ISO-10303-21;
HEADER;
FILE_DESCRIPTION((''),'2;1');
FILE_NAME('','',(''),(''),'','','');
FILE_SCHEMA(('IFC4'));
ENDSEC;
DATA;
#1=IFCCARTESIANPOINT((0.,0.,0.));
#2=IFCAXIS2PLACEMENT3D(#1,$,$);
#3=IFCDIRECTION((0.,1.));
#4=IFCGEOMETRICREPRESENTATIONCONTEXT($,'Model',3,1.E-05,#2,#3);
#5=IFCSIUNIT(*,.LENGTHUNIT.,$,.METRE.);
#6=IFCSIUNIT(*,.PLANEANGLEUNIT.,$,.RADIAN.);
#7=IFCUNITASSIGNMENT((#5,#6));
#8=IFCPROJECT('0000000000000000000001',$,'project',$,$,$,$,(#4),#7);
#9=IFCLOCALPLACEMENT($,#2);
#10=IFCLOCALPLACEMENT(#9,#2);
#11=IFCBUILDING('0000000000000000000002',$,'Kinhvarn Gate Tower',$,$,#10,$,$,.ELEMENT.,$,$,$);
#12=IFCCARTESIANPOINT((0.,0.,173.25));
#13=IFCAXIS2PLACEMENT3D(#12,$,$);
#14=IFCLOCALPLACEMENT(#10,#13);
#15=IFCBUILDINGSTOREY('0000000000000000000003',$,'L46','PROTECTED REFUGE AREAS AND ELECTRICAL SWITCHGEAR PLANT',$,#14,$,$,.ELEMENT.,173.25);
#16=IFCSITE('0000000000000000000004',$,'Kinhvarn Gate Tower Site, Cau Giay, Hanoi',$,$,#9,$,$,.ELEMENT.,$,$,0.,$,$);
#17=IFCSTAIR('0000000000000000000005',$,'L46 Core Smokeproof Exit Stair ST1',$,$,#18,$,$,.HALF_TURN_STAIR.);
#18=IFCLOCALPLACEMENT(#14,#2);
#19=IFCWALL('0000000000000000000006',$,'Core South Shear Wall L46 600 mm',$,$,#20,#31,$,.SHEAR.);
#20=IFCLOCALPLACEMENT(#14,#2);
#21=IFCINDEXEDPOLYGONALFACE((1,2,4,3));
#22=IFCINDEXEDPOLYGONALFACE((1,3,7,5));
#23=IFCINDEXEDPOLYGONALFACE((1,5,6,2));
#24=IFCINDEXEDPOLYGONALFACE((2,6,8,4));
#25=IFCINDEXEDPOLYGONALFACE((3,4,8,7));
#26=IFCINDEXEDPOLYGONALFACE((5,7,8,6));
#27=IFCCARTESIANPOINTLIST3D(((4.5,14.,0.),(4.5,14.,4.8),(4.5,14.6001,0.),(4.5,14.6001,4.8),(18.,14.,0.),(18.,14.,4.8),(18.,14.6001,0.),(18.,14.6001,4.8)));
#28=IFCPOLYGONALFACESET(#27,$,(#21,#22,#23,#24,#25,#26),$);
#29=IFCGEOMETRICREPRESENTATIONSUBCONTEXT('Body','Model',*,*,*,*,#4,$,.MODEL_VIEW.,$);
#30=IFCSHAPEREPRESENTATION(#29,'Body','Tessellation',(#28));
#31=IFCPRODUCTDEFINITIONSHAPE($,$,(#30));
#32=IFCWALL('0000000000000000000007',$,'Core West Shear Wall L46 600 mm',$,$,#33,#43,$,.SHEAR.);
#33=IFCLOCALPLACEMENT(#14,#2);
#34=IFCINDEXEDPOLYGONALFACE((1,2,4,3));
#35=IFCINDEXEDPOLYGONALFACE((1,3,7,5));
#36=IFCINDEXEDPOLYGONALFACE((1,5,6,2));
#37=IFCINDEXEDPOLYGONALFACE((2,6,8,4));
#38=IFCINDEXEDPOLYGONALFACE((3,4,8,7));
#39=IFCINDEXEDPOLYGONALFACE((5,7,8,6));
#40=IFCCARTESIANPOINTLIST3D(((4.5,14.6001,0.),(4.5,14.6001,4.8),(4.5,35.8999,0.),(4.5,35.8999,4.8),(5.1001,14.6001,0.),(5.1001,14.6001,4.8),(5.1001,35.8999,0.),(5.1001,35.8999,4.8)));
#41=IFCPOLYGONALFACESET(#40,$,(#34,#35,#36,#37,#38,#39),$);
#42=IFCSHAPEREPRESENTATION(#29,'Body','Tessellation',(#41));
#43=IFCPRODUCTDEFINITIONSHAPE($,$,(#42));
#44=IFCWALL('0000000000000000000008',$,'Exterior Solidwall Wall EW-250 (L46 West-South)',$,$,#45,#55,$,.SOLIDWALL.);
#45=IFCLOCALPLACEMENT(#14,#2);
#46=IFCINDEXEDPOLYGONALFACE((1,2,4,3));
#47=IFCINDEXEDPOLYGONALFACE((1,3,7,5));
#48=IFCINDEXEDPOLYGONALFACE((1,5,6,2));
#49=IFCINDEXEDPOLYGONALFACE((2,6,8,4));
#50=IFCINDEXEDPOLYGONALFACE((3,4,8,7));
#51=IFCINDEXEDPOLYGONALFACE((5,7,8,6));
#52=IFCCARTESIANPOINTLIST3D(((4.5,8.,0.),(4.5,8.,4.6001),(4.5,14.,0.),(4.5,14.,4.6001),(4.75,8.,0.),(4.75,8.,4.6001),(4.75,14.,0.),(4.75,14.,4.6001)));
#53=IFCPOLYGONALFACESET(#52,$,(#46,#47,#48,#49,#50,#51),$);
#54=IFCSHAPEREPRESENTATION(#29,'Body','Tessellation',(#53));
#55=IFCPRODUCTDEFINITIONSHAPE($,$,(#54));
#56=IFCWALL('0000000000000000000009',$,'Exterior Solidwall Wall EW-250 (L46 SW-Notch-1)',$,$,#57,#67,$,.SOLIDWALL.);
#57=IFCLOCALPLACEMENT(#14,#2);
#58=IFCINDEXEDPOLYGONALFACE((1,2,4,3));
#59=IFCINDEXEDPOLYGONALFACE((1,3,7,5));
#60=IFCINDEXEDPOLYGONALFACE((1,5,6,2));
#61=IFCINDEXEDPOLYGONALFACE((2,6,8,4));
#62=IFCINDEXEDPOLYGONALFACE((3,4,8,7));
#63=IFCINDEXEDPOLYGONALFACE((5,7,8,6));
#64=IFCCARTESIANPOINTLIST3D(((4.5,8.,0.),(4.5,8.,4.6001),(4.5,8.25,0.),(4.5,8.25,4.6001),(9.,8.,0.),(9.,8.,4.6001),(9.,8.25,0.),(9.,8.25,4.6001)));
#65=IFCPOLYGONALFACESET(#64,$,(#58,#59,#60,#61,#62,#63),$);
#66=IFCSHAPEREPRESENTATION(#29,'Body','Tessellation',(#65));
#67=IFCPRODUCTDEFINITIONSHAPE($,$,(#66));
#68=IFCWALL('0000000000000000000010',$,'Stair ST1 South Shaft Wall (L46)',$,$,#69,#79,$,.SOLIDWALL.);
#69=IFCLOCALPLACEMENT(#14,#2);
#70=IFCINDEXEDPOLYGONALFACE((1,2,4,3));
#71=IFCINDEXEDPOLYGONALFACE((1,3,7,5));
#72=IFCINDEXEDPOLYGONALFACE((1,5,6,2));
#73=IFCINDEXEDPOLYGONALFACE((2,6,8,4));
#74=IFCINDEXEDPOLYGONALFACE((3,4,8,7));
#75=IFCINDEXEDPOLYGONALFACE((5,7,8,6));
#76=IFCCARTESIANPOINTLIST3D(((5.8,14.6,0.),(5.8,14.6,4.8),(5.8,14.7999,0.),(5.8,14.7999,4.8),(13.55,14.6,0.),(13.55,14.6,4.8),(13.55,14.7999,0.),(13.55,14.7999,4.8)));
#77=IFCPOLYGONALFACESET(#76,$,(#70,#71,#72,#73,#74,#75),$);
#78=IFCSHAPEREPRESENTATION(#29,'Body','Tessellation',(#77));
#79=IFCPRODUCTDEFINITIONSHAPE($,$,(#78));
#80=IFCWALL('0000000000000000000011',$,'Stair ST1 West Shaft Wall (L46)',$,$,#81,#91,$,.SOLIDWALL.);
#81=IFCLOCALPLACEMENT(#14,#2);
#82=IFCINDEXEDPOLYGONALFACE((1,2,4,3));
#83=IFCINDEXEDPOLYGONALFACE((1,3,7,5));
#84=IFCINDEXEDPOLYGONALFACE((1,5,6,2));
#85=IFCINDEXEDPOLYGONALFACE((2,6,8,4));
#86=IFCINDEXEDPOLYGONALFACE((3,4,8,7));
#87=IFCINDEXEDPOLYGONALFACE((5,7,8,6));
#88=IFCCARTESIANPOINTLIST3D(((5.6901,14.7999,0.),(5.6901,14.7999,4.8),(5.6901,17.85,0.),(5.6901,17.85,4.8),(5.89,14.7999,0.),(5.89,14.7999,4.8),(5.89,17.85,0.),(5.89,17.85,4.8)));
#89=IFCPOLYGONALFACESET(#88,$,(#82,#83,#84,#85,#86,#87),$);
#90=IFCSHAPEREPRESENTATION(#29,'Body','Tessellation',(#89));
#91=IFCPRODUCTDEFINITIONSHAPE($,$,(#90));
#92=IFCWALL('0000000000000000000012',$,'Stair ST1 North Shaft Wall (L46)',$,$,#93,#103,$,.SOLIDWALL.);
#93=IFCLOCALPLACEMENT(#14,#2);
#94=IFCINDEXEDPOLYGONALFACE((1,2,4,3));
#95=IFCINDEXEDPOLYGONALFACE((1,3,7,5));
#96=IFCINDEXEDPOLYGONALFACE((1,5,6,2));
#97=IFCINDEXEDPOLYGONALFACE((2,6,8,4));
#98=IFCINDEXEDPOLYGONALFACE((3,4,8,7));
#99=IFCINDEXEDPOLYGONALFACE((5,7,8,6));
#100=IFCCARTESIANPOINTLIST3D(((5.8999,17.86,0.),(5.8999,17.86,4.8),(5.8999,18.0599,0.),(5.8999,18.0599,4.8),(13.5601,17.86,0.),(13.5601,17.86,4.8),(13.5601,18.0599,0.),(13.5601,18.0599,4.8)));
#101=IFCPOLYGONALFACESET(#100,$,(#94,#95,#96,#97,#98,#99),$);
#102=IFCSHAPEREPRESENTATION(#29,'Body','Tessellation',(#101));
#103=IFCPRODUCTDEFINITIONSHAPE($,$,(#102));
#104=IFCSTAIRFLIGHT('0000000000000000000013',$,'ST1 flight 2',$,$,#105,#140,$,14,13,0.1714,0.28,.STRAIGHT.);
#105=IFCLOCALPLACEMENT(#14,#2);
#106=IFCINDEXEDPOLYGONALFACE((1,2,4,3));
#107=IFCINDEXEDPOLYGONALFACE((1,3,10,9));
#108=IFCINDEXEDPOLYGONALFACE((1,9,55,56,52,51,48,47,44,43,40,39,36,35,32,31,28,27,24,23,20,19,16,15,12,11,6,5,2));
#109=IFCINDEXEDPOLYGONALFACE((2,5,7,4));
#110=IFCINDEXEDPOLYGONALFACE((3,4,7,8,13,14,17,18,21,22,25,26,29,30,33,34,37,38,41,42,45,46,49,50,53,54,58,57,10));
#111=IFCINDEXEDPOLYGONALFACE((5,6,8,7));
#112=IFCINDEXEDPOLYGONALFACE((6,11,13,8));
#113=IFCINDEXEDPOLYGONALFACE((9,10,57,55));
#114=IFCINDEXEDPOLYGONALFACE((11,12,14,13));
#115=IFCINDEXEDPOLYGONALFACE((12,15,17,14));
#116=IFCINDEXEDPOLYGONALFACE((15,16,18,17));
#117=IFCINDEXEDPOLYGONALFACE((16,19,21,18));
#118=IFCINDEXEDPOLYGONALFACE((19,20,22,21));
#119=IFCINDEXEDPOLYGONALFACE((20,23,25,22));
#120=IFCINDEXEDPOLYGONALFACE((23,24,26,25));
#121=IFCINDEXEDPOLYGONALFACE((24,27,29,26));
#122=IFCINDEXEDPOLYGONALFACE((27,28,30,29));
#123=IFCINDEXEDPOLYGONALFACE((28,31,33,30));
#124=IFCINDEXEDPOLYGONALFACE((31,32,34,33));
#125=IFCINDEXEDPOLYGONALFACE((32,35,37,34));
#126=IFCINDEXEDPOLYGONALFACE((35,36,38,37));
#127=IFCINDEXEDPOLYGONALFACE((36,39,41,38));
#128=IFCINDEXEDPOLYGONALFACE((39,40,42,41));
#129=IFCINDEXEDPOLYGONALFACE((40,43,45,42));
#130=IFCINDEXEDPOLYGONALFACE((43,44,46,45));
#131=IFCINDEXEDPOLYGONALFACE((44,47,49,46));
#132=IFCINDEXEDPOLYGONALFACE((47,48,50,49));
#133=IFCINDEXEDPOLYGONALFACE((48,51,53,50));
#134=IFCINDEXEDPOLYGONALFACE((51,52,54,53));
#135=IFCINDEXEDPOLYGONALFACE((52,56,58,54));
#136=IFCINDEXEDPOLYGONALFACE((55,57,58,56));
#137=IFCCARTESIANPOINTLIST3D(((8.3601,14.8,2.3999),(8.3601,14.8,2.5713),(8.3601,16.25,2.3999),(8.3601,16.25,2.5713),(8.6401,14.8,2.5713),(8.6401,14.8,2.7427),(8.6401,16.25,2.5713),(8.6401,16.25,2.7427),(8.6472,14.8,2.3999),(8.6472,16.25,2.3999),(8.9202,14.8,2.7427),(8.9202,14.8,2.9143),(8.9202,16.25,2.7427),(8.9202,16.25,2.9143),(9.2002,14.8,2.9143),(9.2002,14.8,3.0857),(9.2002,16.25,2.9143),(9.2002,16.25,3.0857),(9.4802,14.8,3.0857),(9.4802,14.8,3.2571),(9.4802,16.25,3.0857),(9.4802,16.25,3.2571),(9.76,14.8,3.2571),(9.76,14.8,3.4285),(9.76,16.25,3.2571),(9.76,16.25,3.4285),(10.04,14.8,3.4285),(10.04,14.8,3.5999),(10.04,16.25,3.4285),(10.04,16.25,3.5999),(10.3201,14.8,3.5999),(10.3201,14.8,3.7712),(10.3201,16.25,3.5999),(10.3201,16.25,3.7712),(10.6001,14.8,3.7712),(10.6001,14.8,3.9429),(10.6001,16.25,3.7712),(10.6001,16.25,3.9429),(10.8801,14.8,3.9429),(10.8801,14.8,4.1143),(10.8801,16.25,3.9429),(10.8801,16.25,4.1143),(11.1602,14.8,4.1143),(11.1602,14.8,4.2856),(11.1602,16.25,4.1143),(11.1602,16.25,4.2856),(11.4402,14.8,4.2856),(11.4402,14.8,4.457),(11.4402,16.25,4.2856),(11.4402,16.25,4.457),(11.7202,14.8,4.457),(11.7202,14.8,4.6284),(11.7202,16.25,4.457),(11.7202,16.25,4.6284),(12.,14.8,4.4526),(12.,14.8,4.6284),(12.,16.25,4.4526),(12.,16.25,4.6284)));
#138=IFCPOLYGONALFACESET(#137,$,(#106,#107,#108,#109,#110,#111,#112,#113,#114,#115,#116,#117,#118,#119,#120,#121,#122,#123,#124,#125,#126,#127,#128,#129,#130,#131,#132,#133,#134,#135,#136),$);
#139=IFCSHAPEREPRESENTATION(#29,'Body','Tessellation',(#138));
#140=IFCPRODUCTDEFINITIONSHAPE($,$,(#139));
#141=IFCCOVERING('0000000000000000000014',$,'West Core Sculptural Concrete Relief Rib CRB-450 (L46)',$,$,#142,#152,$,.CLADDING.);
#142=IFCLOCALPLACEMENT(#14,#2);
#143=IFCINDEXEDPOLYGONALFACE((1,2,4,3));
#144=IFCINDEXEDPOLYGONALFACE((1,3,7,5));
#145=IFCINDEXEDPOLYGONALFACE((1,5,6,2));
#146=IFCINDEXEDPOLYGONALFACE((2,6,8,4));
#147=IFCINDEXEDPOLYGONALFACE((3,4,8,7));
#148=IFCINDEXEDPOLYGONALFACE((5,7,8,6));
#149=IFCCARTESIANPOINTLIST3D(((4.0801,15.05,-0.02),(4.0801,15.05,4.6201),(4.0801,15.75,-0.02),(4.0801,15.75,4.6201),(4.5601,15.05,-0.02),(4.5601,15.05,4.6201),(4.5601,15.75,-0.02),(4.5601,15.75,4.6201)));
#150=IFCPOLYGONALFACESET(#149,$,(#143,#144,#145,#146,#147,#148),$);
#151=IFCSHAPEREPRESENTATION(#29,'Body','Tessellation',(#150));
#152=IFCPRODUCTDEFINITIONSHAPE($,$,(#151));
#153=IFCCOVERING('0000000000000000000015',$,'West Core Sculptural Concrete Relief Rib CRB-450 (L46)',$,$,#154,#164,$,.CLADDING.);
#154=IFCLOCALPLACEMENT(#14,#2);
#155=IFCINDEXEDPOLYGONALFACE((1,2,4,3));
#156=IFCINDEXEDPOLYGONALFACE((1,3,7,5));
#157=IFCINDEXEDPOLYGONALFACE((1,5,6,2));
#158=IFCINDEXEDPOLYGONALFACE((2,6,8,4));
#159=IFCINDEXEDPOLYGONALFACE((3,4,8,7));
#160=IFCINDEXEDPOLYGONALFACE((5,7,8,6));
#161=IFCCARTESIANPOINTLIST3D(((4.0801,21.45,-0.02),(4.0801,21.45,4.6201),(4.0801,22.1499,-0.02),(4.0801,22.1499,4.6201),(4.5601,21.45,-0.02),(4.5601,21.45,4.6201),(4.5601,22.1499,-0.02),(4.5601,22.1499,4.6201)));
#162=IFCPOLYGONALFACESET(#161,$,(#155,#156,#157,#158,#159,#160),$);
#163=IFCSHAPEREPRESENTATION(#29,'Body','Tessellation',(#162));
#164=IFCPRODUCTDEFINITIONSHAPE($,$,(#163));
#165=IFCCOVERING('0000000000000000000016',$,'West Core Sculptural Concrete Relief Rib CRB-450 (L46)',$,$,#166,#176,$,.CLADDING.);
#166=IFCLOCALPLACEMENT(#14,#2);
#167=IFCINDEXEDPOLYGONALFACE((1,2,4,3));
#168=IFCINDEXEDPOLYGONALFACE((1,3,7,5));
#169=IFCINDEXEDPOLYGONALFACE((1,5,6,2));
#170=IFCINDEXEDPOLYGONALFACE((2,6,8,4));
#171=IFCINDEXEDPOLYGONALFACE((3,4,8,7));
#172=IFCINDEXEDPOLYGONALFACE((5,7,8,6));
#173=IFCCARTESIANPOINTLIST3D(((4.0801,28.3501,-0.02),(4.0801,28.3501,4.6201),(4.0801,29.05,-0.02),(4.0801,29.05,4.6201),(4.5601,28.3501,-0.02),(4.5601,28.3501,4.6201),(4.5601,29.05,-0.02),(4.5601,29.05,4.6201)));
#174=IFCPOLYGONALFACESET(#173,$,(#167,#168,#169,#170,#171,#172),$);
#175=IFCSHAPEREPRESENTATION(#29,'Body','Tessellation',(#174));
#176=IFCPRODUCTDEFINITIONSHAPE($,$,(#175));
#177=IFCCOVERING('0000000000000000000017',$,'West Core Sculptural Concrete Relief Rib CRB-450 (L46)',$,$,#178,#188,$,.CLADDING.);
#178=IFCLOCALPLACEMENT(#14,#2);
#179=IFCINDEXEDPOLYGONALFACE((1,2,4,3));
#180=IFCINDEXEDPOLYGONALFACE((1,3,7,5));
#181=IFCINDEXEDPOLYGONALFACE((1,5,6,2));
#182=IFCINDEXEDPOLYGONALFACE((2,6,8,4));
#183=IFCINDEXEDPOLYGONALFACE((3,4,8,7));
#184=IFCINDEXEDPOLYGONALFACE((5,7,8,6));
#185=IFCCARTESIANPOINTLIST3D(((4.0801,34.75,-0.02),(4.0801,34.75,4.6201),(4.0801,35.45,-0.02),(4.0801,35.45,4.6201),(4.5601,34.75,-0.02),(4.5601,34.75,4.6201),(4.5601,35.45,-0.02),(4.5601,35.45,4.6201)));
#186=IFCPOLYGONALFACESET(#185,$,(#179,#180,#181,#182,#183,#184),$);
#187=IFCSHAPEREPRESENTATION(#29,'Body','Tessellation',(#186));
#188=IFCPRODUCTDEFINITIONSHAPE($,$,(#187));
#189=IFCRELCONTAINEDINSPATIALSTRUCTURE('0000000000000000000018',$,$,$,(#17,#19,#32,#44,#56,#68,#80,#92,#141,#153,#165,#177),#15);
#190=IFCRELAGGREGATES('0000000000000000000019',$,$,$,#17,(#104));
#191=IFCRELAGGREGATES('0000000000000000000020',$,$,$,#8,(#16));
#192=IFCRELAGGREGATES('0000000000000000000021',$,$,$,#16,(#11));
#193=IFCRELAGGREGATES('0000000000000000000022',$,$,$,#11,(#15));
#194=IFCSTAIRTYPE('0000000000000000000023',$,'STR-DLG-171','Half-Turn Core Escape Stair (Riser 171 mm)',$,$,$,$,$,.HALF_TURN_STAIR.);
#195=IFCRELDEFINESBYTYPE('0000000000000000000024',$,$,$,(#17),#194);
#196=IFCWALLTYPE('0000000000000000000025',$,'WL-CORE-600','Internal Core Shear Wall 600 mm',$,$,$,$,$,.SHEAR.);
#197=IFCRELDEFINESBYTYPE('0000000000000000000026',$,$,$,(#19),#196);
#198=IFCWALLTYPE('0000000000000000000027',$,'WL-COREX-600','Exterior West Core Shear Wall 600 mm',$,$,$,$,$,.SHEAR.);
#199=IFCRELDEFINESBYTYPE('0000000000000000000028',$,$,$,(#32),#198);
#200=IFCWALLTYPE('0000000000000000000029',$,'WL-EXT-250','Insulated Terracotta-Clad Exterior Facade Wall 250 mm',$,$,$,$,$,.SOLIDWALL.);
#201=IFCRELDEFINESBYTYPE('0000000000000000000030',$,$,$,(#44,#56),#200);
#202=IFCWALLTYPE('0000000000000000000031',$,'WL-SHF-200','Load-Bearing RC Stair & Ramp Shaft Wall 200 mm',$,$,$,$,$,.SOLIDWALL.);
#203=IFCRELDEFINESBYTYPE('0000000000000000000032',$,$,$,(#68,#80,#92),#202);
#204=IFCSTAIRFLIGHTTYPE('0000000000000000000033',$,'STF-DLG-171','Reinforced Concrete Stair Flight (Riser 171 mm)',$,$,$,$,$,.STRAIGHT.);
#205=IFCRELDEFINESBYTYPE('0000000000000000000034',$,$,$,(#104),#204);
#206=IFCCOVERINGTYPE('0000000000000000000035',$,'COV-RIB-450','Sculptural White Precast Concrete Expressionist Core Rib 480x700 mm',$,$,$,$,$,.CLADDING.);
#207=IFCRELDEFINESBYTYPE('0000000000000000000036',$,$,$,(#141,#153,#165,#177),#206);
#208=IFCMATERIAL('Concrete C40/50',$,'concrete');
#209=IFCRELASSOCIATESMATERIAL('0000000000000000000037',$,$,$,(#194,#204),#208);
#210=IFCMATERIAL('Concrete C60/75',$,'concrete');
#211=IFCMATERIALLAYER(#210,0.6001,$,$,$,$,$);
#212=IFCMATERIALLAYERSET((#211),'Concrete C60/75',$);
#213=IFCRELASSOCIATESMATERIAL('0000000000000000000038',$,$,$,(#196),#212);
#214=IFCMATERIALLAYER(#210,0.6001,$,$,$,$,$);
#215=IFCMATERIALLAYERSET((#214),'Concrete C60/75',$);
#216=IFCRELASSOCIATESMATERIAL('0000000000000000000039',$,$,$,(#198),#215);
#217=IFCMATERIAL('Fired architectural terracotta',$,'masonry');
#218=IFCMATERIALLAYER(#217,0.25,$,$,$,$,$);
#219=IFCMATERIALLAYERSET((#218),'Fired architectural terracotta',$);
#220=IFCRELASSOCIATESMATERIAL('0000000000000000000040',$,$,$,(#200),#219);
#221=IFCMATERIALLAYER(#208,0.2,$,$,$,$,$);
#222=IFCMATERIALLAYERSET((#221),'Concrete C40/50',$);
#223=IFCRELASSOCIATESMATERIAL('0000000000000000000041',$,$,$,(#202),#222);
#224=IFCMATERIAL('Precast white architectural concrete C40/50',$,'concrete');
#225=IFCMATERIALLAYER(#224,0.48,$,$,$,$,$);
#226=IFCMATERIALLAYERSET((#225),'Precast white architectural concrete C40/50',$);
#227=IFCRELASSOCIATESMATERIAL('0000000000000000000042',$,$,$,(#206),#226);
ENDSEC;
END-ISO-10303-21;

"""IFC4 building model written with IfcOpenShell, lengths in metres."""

from ifc_helpers import new_model, si_unit, direction, frame, frame_2d, origin, place, context, subcontext, project, spatial, polyline, rectangle, outline, extrude, material, layer, layer_set, type_object, element, aggregate, save


model = new_model("IFC4")

# Units and contexts
model_context = context("Model", 3, precision=1e-05, world=origin(), true_north=direction((0.0, 1.0)))
body_context = subcontext(model_context, "Body", "Model", "MODEL_VIEW")
ifc_project = project(units=[si_unit("LENGTHUNIT", "METRE"), si_unit("PLANEANGLEUNIT", "RADIAN")], contexts=[model_context])

# Site, building, storey
site_placement = place(None, origin())
site = spatial("IfcSite", under=ifc_project, at=site_placement, Name="Kinhvarn Gate Tower Site, Cau Giay, Hanoi", CompositionType="ELEMENT", RefElevation=0.0)
building_placement = place(site_placement, origin())
building = spatial("IfcBuilding", under=site, at=building_placement, Name="Kinhvarn Gate Tower", CompositionType="ELEMENT")
storey_placement = place(building_placement, frame((0.0, 0.0, 173.25)))
storey = spatial("IfcBuildingStorey", under=building, at=storey_placement, Name="L46", Description="PROTECTED REFUGE AREAS AND ELECTRICAL SWITCHGEAR PLANT", CompositionType="ELEMENT", Elevation=173.25)

# Shared definitions
ifc_material_1 = material(Name="Concrete C60/75", Category="concrete")

# Stair
ifc_material_2 = material(Name="Concrete C40/50", Category="concrete")
stair_type = type_object("IfcStairType", Name="STR-DLG-171", Description="Half-Turn Core Escape Stair (Riser 171 mm)", PredefinedType="HALF_TURN_STAIR", material=ifc_material_2)
stair_1_placement = place(storey_placement, origin())
stair_1 = element("IfcStair", 1, at=stair_1_placement, inside=storey, type_object=stair_type, Name="L46 Core Smokeproof Exit Stair ST1", PredefinedType="HALF_TURN_STAIR")

# Walls
ifc_layer_1 = layer(ifc_material_1, 0.6001)
ifc_layer_set_1 = layer_set([ifc_layer_1], Name="Concrete C60/75")
wall_type_1 = type_object("IfcWallType", Name="WL-CORE-600", Description="Internal Core Shear Wall 600 mm", PredefinedType="SHEAR", material=ifc_layer_set_1)
wall_1_placement = place(storey_placement, frame((4.5, 14.3, 0.0), z_axis=(0.0, 0.0, 1.0), x_axis=(1.0, 0.0, 0.0)))
element("IfcWall", 2, at=wall_1_placement, inside=storey, type_object=wall_type_1, Name="Core South Shear Wall L46 600 mm", PredefinedType="SHEAR", context=body_context, shape_type="SweptSolid", body=[
    extrude(rectangle(XDim=13.5, YDim=0.6001, at=frame_2d((6.75, 0.0))), origin(), (0.0, 0.0, 1.0), 4.8),
])
ifc_layer_2 = layer(ifc_material_1, 0.6001)
ifc_layer_set_2 = layer_set([ifc_layer_2], Name="Concrete C60/75")
wall_type_2 = type_object("IfcWallType", Name="WL-COREX-600", Description="Exterior West Core Shear Wall 600 mm", PredefinedType="SHEAR", material=ifc_layer_set_2)
wall_2_placement = place(storey_placement, frame((4.8, 14.6001, 0.0), z_axis=(0.0, 0.0, 1.0), x_axis=(0.0, 1.0, 0.0)))
element("IfcWall", 3, at=wall_2_placement, inside=storey, type_object=wall_type_2, Name="Core West Shear Wall L46 600 mm", PredefinedType="SHEAR", context=body_context, shape_type="SweptSolid", body=[
    extrude(rectangle(XDim=21.2998, YDim=0.6001, at=frame_2d((10.6499, 0.0))), origin(), (0.0, 0.0, 1.0), 4.8),
])
ifc_material_3 = material(Name="Fired architectural terracotta", Category="masonry")
ifc_layer_3 = layer(ifc_material_3, 0.25)
ifc_layer_set_3 = layer_set([ifc_layer_3], Name="Fired architectural terracotta")
wall_type_3 = type_object("IfcWallType", Name="WL-EXT-250", Description="Insulated Terracotta-Clad Exterior Facade Wall 250 mm", PredefinedType="SOLIDWALL", material=ifc_layer_set_3)
wall_3_placement = place(storey_placement, frame((4.625, 14.0, 0.0), z_axis=(0.0, 0.0, 1.0), x_axis=(0.0, -1.0, 0.0)))
element("IfcWall", 4, at=wall_3_placement, inside=storey, type_object=wall_type_3, Name="Exterior Solidwall Wall EW-250 (L46 West-South)", PredefinedType="SOLIDWALL", context=body_context, shape_type="SweptSolid", body=[
    extrude(rectangle(XDim=6.0, YDim=0.25, at=frame_2d((3.0, 0.0))), origin(), (0.0, 0.0, 1.0), 4.6001),
])
wall_4_placement = place(storey_placement, frame((4.5, 8.125, 0.0), z_axis=(0.0, 0.0, 1.0), x_axis=(1.0, 0.0, 0.0)))
element("IfcWall", 5, at=wall_4_placement, inside=storey, type_object=wall_type_3, Name="Exterior Solidwall Wall EW-250 (L46 SW-Notch-1)", PredefinedType="SOLIDWALL", context=body_context, shape_type="SweptSolid", body=[
    extrude(rectangle(XDim=4.5, YDim=0.25, at=frame_2d((2.25, 0.0))), origin(), (0.0, 0.0, 1.0), 4.6001),
])
ifc_layer_4 = layer(ifc_material_2, 0.2)
ifc_layer_set_4 = layer_set([ifc_layer_4], Name="Concrete C40/50")
wall_type_4 = type_object("IfcWallType", Name="WL-SHF-200", Description="Load-Bearing RC Stair & Ramp Shaft Wall 200 mm", PredefinedType="SOLIDWALL", material=ifc_layer_set_4)
wall_5_placement = place(storey_placement, frame((5.8, 14.7, 0.0), z_axis=(0.0, 0.0, 1.0), x_axis=(1.0, 0.0, 0.0)))
element("IfcWall", 6, at=wall_5_placement, inside=storey, type_object=wall_type_4, Name="Stair ST1 South Shaft Wall (L46)", PredefinedType="SOLIDWALL", context=body_context, shape_type="SweptSolid", body=[
    extrude(rectangle(XDim=7.75, YDim=0.2, at=frame_2d((3.875, 0.0))), origin(), (0.0, 0.0, 1.0), 4.8),
])
wall_6_placement = place(storey_placement, frame((5.79, 14.8, 0.0), z_axis=(0.0, 0.0, 1.0), x_axis=(0.0, 1.0, 0.0)))
element("IfcWall", 7, at=wall_6_placement, inside=storey, type_object=wall_type_4, Name="Stair ST1 West Shaft Wall (L46)", PredefinedType="SOLIDWALL", context=body_context, shape_type="SweptSolid", body=[
    extrude(rectangle(XDim=3.05, YDim=0.2, at=frame_2d((1.5249, 0.0))), origin(), (0.0, 0.0, 1.0), 4.8),
])
wall_7_placement = place(storey_placement, frame((5.8999, 17.96, 0.0), z_axis=(0.0, 0.0, 1.0), x_axis=(1.0, 0.0, 0.0)))
element("IfcWall", 8, at=wall_7_placement, inside=storey, type_object=wall_type_4, Name="Stair ST1 North Shaft Wall (L46)", PredefinedType="SOLIDWALL", context=body_context, shape_type="SweptSolid", body=[
    extrude(rectangle(XDim=7.6602, YDim=0.2, at=frame_2d((3.8301, 0.0))), origin(), (0.0, 0.0, 1.0), 4.8),
])

# Stair flight
stair_flight_type = type_object("IfcStairFlightType", Name="STF-DLG-171", Description="Reinforced Concrete Stair Flight (Riser 171 mm)", PredefinedType="STRAIGHT", material=ifc_material_2)
stair_flight_placement = place(storey_placement, frame((8.3601, 15.5249, 2.3999), z_axis=(0.0, 0.0, 1.0), x_axis=(1.0, 0.0, 0.0)))
stair_flight = element("IfcStairFlight", 9, at=stair_flight_placement, type_object=stair_flight_type, Name="ST1 flight 2", NumberOfRisers=14, NumberOfTreads=13, PredefinedType="STRAIGHT", RiserHeight=0.1714, TreadLength=0.28, context=body_context, shape_type="SweptSolid", body=[
    extrude(outline(polyline([(0.0, 0.0), (0.0, 0.1714), (0.28, 0.1714), (0.28, 0.3428), (0.5601, 0.3428), (0.5601, 0.5144), (0.8401, 0.5144), (0.8401, 0.6858), (1.1201, 0.6858), (1.1201, 0.8572), (1.3999, 0.8572), (1.3999, 1.0286), (1.6799, 1.0286), (1.6799, 1.2), (1.96, 1.2), (1.96, 1.3713), (2.24, 1.3713), (2.24, 1.543), (2.52, 1.543), (2.52, 1.7144), (2.8, 1.7144), (2.8, 1.8857), (3.0801, 1.8857), (3.0801, 2.0571), (3.3601, 2.0571), (3.3601, 2.2285), (3.6399, 2.2285), (3.6399, 2.3999), (3.6399, 2.0527), (0.2871, 0.0), (0.0, 0.0)])), frame((0.0, 0.7251, 0.0), z_axis=(0.0, -1.0, 0.0), x_axis=(1.0, 0.0, 0.0)), (0.0, 0.0, 1.0), 1.45),
])
aggregate(stair_1, [stair_flight])

# Coverings
ifc_material_4 = material(Name="Precast white architectural concrete C40/50", Category="concrete")
ifc_layer_5 = layer(ifc_material_4, 0.48)
ifc_layer_set_5 = layer_set([ifc_layer_5], Name="Precast white architectural concrete C40/50")
covering_type = type_object("IfcCoveringType", Name="COV-RIB-450", Description="Sculptural White Precast Concrete Expressionist Core Rib 480x700 mm", PredefinedType="CLADDING", material=ifc_layer_set_5)
covering_1_placement = place(storey_placement, frame((0.0, 0.0, -0.02)))
element("IfcCovering", 10, at=covering_1_placement, inside=storey, type_object=covering_type, Name="West Core Sculptural Concrete Relief Rib CRB-450 (L46)", PredefinedType="CLADDING", context=body_context, shape_type="SweptSolid", body=[
    extrude(outline(polyline([(4.0801, 15.05), (4.5601, 15.05), (4.5601, 15.75), (4.0801, 15.75), (4.0801, 15.05)])), origin(), (0.0, 0.0, 1.0), 4.6401),
])
covering_2_placement = place(storey_placement, frame((0.0, 0.0, -0.02)))
element("IfcCovering", 11, at=covering_2_placement, inside=storey, type_object=covering_type, Name="West Core Sculptural Concrete Relief Rib CRB-450 (L46)", PredefinedType="CLADDING", context=body_context, shape_type="SweptSolid", body=[
    extrude(outline(polyline([(4.0801, 21.45), (4.5601, 21.45), (4.5601, 22.1499), (4.0801, 22.1499), (4.0801, 21.45)])), origin(), (0.0, 0.0, 1.0), 4.6401),
])
covering_3_placement = place(storey_placement, frame((0.0, 0.0, -0.02)))
element("IfcCovering", 12, at=covering_3_placement, inside=storey, type_object=covering_type, Name="West Core Sculptural Concrete Relief Rib CRB-450 (L46)", PredefinedType="CLADDING", context=body_context, shape_type="SweptSolid", body=[
    extrude(outline(polyline([(4.0801, 28.3501), (4.5601, 28.3501), (4.5601, 29.05), (4.0801, 29.05), (4.0801, 28.3501)])), origin(), (0.0, 0.0, 1.0), 4.6401),
])
covering_4_placement = place(storey_placement, frame((0.0, 0.0, -0.02)))
element("IfcCovering", 13, at=covering_4_placement, inside=storey, type_object=covering_type, Name="West Core Sculptural Concrete Relief Rib CRB-450 (L46)", PredefinedType="CLADDING", context=body_context, shape_type="SweptSolid", body=[
    extrude(outline(polyline([(4.0801, 34.75), (4.5601, 34.75), (4.5601, 35.45), (4.0801, 35.45), (4.0801, 34.75)])), origin(), (0.0, 0.0, 1.0), 4.6401),
])

save(model, "model.ifc")
